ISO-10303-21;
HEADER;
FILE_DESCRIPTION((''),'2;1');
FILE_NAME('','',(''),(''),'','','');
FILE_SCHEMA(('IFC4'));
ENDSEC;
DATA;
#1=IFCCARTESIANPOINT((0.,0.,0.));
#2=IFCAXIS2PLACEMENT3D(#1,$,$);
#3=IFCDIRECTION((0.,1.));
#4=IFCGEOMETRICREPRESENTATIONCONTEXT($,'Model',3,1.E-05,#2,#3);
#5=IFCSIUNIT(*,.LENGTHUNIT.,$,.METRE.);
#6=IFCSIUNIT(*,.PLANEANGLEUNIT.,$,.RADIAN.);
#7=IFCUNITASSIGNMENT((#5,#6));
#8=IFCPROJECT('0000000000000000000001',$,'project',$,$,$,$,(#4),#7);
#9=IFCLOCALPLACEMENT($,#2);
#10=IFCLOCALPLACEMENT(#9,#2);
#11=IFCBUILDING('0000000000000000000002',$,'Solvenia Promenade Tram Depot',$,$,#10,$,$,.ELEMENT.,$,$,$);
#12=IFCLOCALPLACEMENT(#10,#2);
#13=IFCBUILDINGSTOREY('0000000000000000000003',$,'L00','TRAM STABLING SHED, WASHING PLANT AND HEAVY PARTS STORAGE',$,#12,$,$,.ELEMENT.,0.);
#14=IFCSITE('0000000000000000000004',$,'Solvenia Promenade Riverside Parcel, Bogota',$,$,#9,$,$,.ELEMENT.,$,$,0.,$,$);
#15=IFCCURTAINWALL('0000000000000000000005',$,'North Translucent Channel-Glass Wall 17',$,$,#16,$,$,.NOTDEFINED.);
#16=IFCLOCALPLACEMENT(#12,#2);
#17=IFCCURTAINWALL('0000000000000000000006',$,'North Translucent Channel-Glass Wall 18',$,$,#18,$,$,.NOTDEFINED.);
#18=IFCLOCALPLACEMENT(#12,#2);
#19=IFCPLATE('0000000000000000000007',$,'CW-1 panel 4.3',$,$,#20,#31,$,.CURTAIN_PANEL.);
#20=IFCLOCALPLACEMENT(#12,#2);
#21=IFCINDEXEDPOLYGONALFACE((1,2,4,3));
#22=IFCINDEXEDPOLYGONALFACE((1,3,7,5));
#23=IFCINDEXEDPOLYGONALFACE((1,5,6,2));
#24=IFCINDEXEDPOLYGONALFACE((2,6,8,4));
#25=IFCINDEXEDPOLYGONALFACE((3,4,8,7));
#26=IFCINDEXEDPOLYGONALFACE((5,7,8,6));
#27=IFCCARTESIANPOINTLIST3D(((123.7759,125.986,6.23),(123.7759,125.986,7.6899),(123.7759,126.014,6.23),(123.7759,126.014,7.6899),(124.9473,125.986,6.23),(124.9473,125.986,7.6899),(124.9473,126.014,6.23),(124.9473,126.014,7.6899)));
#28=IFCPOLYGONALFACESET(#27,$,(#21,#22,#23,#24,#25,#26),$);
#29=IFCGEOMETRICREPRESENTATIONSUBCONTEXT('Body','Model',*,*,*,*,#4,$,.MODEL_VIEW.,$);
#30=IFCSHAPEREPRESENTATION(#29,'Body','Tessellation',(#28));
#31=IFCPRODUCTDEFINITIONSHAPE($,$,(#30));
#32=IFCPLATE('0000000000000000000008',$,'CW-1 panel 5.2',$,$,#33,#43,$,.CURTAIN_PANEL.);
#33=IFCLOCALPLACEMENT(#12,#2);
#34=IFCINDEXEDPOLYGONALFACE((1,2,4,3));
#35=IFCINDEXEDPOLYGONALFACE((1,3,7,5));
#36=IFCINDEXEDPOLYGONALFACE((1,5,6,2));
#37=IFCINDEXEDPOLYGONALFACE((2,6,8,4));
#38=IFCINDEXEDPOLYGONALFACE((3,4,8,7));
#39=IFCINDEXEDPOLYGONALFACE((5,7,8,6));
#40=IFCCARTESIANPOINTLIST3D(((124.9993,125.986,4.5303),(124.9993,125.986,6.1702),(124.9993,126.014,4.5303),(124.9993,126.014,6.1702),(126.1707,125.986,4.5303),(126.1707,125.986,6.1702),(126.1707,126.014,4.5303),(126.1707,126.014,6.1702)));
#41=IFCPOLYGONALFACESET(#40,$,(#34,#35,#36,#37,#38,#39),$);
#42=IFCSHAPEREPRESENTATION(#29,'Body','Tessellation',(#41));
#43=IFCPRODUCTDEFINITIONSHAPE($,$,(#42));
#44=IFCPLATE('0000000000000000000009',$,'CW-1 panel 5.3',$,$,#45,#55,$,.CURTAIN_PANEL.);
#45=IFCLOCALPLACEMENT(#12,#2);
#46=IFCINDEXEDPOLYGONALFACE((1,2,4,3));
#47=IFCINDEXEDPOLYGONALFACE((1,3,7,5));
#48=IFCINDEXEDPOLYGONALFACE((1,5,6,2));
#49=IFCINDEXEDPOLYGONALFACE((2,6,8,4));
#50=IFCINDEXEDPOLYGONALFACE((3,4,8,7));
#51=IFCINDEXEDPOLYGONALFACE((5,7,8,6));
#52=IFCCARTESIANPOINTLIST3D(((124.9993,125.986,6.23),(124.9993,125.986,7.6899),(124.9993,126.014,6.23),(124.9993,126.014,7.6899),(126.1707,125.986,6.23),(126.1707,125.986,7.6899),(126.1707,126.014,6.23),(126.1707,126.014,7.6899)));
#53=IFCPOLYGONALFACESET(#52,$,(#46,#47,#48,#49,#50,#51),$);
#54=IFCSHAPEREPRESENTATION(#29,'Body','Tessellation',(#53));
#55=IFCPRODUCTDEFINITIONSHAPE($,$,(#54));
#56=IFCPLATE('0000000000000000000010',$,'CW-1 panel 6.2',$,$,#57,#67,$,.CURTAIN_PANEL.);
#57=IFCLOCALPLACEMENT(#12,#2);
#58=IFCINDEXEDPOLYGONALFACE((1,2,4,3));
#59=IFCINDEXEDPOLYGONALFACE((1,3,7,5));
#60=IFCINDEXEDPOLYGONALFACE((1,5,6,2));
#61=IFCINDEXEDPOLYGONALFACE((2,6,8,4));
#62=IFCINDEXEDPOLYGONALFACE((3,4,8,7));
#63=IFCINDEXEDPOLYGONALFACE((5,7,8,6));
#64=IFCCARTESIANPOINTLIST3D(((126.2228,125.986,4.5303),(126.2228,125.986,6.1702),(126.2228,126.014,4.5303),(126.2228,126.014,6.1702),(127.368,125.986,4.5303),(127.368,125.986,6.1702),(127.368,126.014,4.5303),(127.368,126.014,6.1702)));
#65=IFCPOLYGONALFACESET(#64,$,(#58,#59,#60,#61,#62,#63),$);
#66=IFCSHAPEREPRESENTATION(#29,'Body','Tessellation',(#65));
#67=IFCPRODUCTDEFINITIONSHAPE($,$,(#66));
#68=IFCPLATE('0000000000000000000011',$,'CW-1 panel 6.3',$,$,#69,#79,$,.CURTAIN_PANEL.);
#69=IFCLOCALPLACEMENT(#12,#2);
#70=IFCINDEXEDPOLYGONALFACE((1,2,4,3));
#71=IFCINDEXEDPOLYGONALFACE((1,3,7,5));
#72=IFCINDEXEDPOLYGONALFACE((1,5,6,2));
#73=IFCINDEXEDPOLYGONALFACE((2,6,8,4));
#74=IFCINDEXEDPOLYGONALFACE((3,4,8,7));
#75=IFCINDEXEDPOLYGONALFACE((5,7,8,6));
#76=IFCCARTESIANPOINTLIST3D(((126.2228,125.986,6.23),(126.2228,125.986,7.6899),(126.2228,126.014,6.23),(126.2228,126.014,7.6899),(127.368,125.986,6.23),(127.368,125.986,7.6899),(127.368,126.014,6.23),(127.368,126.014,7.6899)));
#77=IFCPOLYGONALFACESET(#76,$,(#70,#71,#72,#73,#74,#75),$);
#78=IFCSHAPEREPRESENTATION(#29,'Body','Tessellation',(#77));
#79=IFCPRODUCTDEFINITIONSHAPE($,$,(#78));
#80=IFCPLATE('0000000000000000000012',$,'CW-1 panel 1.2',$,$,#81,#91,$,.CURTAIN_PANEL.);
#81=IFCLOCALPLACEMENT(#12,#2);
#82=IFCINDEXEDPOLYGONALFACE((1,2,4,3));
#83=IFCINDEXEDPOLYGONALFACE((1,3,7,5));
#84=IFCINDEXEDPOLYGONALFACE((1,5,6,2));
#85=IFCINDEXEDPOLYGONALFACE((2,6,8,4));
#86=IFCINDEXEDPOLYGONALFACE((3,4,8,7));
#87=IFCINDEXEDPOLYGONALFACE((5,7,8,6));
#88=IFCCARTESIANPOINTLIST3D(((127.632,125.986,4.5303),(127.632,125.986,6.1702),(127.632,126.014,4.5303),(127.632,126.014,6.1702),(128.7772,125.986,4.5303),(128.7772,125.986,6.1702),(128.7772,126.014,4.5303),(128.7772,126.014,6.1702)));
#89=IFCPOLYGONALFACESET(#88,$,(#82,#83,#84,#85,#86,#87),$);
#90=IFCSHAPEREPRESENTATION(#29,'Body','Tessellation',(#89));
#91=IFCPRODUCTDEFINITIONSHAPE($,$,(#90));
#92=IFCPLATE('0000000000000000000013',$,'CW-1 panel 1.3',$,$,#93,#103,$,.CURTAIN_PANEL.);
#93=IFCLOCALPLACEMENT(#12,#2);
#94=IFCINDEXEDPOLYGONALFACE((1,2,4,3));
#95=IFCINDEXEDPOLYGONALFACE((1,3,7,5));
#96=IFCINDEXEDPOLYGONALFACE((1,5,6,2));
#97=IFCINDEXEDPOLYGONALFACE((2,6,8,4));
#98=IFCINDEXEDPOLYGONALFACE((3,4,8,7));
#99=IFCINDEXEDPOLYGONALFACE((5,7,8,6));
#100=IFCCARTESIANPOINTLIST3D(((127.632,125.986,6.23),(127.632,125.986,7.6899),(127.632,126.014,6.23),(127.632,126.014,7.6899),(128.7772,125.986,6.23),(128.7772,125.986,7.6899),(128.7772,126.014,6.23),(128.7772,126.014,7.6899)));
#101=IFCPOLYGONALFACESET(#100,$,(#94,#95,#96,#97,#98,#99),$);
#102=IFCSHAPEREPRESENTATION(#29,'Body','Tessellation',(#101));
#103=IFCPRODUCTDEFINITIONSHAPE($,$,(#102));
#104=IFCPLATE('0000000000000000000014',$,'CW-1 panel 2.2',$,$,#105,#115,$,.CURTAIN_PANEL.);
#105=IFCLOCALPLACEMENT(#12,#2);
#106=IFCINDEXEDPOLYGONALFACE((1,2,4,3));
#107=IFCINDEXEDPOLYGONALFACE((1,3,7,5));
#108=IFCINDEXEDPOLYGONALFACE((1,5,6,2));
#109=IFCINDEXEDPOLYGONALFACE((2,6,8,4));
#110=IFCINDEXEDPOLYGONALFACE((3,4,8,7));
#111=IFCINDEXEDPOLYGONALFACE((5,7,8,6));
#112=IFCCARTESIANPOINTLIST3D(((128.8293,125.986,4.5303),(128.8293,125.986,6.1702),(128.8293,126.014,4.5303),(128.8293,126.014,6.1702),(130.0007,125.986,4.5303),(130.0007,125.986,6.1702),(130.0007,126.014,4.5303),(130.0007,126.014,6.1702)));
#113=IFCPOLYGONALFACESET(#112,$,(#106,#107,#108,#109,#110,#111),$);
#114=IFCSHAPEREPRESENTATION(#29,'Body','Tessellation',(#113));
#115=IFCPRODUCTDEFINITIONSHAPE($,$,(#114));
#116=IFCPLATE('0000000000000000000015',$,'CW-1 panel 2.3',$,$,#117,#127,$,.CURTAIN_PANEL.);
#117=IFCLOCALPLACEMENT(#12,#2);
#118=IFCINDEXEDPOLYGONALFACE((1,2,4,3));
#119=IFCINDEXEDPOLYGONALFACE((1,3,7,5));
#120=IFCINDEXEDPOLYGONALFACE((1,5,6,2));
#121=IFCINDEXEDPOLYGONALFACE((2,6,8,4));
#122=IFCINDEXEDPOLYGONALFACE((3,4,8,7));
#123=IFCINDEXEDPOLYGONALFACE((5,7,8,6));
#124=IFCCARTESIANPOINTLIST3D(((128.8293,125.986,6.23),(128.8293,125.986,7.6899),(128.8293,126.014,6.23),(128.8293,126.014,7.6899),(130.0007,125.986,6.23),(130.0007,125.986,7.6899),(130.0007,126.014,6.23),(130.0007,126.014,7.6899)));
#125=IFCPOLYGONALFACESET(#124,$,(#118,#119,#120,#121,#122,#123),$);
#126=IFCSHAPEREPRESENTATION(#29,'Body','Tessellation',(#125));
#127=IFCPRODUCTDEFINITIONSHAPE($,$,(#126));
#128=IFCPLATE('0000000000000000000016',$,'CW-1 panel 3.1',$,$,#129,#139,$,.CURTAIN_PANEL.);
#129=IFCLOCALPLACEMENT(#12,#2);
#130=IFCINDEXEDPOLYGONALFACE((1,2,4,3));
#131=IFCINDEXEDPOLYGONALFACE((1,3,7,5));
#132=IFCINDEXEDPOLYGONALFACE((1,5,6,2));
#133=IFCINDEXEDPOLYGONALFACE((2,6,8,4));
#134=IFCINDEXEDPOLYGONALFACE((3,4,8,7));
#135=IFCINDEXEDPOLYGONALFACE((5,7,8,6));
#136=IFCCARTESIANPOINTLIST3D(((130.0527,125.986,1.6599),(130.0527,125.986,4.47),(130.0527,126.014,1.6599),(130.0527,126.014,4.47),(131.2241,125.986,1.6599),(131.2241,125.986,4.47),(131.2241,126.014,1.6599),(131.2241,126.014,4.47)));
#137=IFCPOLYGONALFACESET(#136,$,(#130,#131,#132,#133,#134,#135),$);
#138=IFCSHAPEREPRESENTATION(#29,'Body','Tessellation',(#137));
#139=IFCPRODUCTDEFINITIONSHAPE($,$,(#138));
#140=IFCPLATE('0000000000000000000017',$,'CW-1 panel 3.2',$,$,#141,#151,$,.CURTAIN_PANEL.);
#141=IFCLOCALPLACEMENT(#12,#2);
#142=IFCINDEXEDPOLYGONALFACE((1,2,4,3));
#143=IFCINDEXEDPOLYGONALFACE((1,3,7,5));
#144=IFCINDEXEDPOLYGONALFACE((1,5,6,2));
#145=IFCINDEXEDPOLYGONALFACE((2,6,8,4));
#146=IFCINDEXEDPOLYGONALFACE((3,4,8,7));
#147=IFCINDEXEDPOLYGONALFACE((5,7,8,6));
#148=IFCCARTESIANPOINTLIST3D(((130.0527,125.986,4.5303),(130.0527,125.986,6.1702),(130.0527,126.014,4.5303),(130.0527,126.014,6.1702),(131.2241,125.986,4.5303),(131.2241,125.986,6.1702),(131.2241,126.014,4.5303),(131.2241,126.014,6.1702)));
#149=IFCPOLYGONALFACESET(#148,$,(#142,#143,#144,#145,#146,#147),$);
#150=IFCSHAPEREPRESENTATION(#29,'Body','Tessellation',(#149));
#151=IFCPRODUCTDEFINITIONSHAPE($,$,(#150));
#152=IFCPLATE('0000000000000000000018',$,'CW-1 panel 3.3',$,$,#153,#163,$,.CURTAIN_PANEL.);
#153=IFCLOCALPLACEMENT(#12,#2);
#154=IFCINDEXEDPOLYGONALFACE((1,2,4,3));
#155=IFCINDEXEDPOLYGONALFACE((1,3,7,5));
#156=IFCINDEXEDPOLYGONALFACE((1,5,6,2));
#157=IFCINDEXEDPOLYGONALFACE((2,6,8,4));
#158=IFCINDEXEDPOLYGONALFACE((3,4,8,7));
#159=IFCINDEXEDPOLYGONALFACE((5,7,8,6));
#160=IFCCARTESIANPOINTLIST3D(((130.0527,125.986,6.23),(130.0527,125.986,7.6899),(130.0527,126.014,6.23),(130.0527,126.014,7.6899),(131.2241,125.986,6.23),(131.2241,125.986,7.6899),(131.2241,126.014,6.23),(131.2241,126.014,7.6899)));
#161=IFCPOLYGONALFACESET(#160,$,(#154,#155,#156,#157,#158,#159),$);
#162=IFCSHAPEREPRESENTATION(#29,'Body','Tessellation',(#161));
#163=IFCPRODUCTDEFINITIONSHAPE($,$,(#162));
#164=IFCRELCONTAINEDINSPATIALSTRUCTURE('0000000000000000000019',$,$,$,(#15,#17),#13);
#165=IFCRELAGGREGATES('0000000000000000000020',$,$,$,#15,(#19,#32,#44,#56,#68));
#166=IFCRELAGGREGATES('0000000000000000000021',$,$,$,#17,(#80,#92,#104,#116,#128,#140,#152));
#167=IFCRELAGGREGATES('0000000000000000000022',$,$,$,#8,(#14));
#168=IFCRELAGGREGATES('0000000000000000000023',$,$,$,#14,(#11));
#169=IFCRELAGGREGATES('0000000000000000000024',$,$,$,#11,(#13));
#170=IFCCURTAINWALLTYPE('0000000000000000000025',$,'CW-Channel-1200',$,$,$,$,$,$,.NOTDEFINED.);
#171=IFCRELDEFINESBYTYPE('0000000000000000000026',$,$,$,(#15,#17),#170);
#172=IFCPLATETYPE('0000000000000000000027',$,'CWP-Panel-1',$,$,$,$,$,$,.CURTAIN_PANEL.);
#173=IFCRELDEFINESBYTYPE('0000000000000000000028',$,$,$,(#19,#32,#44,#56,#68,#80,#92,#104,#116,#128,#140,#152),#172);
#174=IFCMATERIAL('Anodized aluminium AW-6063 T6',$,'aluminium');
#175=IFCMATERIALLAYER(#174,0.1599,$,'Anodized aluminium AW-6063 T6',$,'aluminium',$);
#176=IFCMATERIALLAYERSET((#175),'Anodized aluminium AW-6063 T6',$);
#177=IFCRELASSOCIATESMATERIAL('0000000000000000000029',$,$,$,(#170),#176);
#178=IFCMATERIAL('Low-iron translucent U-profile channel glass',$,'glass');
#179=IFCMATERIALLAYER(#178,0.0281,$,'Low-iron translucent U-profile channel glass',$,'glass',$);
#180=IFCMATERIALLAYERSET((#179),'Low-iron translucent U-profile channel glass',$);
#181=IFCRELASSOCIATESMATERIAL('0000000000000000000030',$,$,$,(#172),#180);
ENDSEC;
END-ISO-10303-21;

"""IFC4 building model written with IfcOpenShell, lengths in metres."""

from ifc_helpers import new_model, si_unit, direction, frame, origin, origin_2d, place, context, subcontext, project, spatial, rectangle, extrude, material, layer, layer_set, type_object, element, aggregate, save


model = new_model("IFC4")

# Units and contexts
model_context = context("Model", 3, precision=1e-05, world=origin(), true_north=direction((0.0, 1.0)))
body_context = subcontext(model_context, "Body", "Model", "MODEL_VIEW")
ifc_project = project(units=[si_unit("LENGTHUNIT", "METRE"), si_unit("PLANEANGLEUNIT", "RADIAN")], contexts=[model_context])

# Site, building, storey
site_placement = place(None, origin())
site = spatial("IfcSite", under=ifc_project, at=site_placement, Name="Solvenia Promenade Riverside Parcel, Bogota", CompositionType="ELEMENT", RefElevation=0.0)
building_placement = place(site_placement, origin())
building = spatial("IfcBuilding", under=site, at=building_placement, Name="Solvenia Promenade Tram Depot", CompositionType="ELEMENT")
storey_placement = place(building_placement, origin())
storey = spatial("IfcBuildingStorey", under=building, at=storey_placement, Name="L00", Description="TRAM STABLING SHED, WASHING PLANT AND HEAVY PARTS STORAGE", CompositionType="ELEMENT", Elevation=0.0)

# Curtain walls
ifc_material_1 = material(Name="Anodized aluminium AW-6063 T6", Category="aluminium")
ifc_layer_1 = layer(ifc_material_1, 0.1599, Name="Anodized aluminium AW-6063 T6", Category="aluminium")
ifc_layer_set_1 = layer_set([ifc_layer_1], Name="Anodized aluminium AW-6063 T6")
curtain_wall_type = type_object("IfcCurtainWallType", Name="CW-Channel-1200", PredefinedType="NOTDEFINED", material=ifc_layer_set_1)
curtain_wall_1_placement = place(storey_placement, origin())
curtain_wall_1 = element("IfcCurtainWall", 1, at=curtain_wall_1_placement, inside=storey, type_object=curtain_wall_type, Name="North Translucent Channel-Glass Wall 17", PredefinedType="NOTDEFINED")
curtain_wall_2_placement = place(storey_placement, origin())
curtain_wall_2 = element("IfcCurtainWall", 2, at=curtain_wall_2_placement, inside=storey, type_object=curtain_wall_type, Name="North Translucent Channel-Glass Wall 18", PredefinedType="NOTDEFINED")

# Plates
ifc_material_2 = material(Name="Low-iron translucent U-profile channel glass", Category="glass")
ifc_layer_2 = layer(ifc_material_2, 0.0281, Name="Low-iron translucent U-profile channel glass", Category="glass")
ifc_layer_set_2 = layer_set([ifc_layer_2], Name="Low-iron translucent U-profile channel glass")
plate_type = type_object("IfcPlateType", Name="CWP-Panel-1", PredefinedType="CURTAIN_PANEL", material=ifc_layer_set_2)
plate_1_placement = place(storey_placement, frame((124.3616, 126.0, 6.23), z_axis=(0.0, 0.0, 1.0), x_axis=(1.0, 0.0, 0.0)))
plate_1 = element("IfcPlate", 3, at=plate_1_placement, type_object=plate_type, Name="CW-1 panel 4.3", PredefinedType="CURTAIN_PANEL", context=body_context, shape_type="SweptSolid", body=[
    extrude(rectangle(XDim=1.1714, YDim=0.0281, at=origin_2d()), origin(), (0.0, 0.0, 1.0), 1.46),
])
plate_2_placement = place(storey_placement, frame((125.585, 126.0, 4.5303), z_axis=(0.0, 0.0, 1.0), x_axis=(1.0, 0.0, 0.0)))
plate_2 = element("IfcPlate", 4, at=plate_2_placement, type_object=plate_type, Name="CW-1 panel 5.2", PredefinedType="CURTAIN_PANEL", context=body_context, shape_type="SweptSolid", body=[
    extrude(rectangle(XDim=1.1714, YDim=0.0281, at=origin_2d()), origin(), (0.0, 0.0, 1.0), 1.6399),
])
plate_3_placement = place(storey_placement, frame((125.585, 126.0, 6.23), z_axis=(0.0, 0.0, 1.0), x_axis=(1.0, 0.0, 0.0)))
plate_3 = element("IfcPlate", 5, at=plate_3_placement, type_object=plate_type, Name="CW-1 panel 5.3", PredefinedType="CURTAIN_PANEL", context=body_context, shape_type="SweptSolid", body=[
    extrude(rectangle(XDim=1.1714, YDim=0.0281, at=origin_2d()), origin(), (0.0, 0.0, 1.0), 1.46),
])
plate_4_placement = place(storey_placement, frame((126.7954, 126.0, 4.5303), z_axis=(0.0, 0.0, 1.0), x_axis=(1.0, 0.0, 0.0)))
plate_4 = element("IfcPlate", 6, at=plate_4_placement, type_object=plate_type, Name="CW-1 panel 6.2", PredefinedType="CURTAIN_PANEL", context=body_context, shape_type="SweptSolid", body=[
    extrude(rectangle(XDim=1.1453, YDim=0.0281, at=origin_2d()), origin(), (0.0, 0.0, 1.0), 1.6399),
])
plate_5_placement = place(storey_placement, frame((126.7954, 126.0, 6.23), z_axis=(0.0, 0.0, 1.0), x_axis=(1.0, 0.0, 0.0)))
plate_5 = element("IfcPlate", 7, at=plate_5_placement, type_object=plate_type, Name="CW-1 panel 6.3", PredefinedType="CURTAIN_PANEL", context=body_context, shape_type="SweptSolid", body=[
    extrude(rectangle(XDim=1.1453, YDim=0.0281, at=origin_2d()), origin(), (0.0, 0.0, 1.0), 1.46),
])
aggregate(curtain_wall_1, [plate_1, plate_2, plate_3, plate_4, plate_5])
plate_6_placement = place(storey_placement, frame((128.2046, 126.0, 4.5303), z_axis=(0.0, 0.0, 1.0), x_axis=(1.0, 0.0, 0.0)))
plate_6 = element("IfcPlate", 8, at=plate_6_placement, type_object=plate_type, Name="CW-1 panel 1.2", PredefinedType="CURTAIN_PANEL", context=body_context, shape_type="SweptSolid", body=[
    extrude(rectangle(XDim=1.1453, YDim=0.0281, at=origin_2d()), origin(), (0.0, 0.0, 1.0), 1.6399),
])
plate_7_placement = place(storey_placement, frame((128.2046, 126.0, 6.23), z_axis=(0.0, 0.0, 1.0), x_axis=(1.0, 0.0, 0.0)))
plate_7 = element("IfcPlate", 9, at=plate_7_placement, type_object=plate_type, Name="CW-1 panel 1.3", PredefinedType="CURTAIN_PANEL", context=body_context, shape_type="SweptSolid", body=[
    extrude(rectangle(XDim=1.1453, YDim=0.0281, at=origin_2d()), origin(), (0.0, 0.0, 1.0), 1.46),
])
plate_8_placement = place(storey_placement, frame((129.415, 126.0, 4.5303), z_axis=(0.0, 0.0, 1.0), x_axis=(1.0, 0.0, 0.0)))
plate_8 = element("IfcPlate", 10, at=plate_8_placement, type_object=plate_type, Name="CW-1 panel 2.2", PredefinedType="CURTAIN_PANEL", context=body_context, shape_type="SweptSolid", body=[
    extrude(rectangle(XDim=1.1714, YDim=0.0281, at=origin_2d()), origin(), (0.0, 0.0, 1.0), 1.6399),
])
plate_9_placement = place(storey_placement, frame((129.415, 126.0, 6.23), z_axis=(0.0, 0.0, 1.0), x_axis=(1.0, 0.0, 0.0)))
plate_9 = element("IfcPlate", 11, at=plate_9_placement, type_object=plate_type, Name="CW-1 panel 2.3", PredefinedType="CURTAIN_PANEL", context=body_context, shape_type="SweptSolid", body=[
    extrude(rectangle(XDim=1.1714, YDim=0.0281, at=origin_2d()), origin(), (0.0, 0.0, 1.0), 1.46),
])
plate_10_placement = place(storey_placement, frame((130.6384, 126.0, 1.6599), z_axis=(0.0, 0.0, 1.0), x_axis=(1.0, 0.0, 0.0)))
plate_10 = element("IfcPlate", 12, at=plate_10_placement, type_object=plate_type, Name="CW-1 panel 3.1", PredefinedType="CURTAIN_PANEL", context=body_context, shape_type="SweptSolid", body=[
    extrude(rectangle(XDim=1.1714, YDim=0.0281, at=origin_2d()), origin(), (0.0, 0.0, 1.0), 2.8101),
])
plate_11_placement = place(storey_placement, frame((130.6384, 126.0, 4.5303), z_axis=(0.0, 0.0, 1.0), x_axis=(1.0, 0.0, 0.0)))
plate_11 = element("IfcPlate", 13, at=plate_11_placement, type_object=plate_type, Name="CW-1 panel 3.2", PredefinedType="CURTAIN_PANEL", context=body_context, shape_type="SweptSolid", body=[
    extrude(rectangle(XDim=1.1714, YDim=0.0281, at=origin_2d()), origin(), (0.0, 0.0, 1.0), 1.6399),
])
plate_12_placement = place(storey_placement, frame((130.6384, 126.0, 6.23), z_axis=(0.0, 0.0, 1.0), x_axis=(1.0, 0.0, 0.0)))
plate_12 = element("IfcPlate", 14, at=plate_12_placement, type_object=plate_type, Name="CW-1 panel 3.3", PredefinedType="CURTAIN_PANEL", context=body_context, shape_type="SweptSolid", body=[
    extrude(rectangle(XDim=1.1714, YDim=0.0281, at=origin_2d()), origin(), (0.0, 0.0, 1.0), 1.46),
])
aggregate(curtain_wall_2, [plate_6, plate_7, plate_8, plate_9, plate_10, plate_11, plate_12])

save(model, "model.ifc")
